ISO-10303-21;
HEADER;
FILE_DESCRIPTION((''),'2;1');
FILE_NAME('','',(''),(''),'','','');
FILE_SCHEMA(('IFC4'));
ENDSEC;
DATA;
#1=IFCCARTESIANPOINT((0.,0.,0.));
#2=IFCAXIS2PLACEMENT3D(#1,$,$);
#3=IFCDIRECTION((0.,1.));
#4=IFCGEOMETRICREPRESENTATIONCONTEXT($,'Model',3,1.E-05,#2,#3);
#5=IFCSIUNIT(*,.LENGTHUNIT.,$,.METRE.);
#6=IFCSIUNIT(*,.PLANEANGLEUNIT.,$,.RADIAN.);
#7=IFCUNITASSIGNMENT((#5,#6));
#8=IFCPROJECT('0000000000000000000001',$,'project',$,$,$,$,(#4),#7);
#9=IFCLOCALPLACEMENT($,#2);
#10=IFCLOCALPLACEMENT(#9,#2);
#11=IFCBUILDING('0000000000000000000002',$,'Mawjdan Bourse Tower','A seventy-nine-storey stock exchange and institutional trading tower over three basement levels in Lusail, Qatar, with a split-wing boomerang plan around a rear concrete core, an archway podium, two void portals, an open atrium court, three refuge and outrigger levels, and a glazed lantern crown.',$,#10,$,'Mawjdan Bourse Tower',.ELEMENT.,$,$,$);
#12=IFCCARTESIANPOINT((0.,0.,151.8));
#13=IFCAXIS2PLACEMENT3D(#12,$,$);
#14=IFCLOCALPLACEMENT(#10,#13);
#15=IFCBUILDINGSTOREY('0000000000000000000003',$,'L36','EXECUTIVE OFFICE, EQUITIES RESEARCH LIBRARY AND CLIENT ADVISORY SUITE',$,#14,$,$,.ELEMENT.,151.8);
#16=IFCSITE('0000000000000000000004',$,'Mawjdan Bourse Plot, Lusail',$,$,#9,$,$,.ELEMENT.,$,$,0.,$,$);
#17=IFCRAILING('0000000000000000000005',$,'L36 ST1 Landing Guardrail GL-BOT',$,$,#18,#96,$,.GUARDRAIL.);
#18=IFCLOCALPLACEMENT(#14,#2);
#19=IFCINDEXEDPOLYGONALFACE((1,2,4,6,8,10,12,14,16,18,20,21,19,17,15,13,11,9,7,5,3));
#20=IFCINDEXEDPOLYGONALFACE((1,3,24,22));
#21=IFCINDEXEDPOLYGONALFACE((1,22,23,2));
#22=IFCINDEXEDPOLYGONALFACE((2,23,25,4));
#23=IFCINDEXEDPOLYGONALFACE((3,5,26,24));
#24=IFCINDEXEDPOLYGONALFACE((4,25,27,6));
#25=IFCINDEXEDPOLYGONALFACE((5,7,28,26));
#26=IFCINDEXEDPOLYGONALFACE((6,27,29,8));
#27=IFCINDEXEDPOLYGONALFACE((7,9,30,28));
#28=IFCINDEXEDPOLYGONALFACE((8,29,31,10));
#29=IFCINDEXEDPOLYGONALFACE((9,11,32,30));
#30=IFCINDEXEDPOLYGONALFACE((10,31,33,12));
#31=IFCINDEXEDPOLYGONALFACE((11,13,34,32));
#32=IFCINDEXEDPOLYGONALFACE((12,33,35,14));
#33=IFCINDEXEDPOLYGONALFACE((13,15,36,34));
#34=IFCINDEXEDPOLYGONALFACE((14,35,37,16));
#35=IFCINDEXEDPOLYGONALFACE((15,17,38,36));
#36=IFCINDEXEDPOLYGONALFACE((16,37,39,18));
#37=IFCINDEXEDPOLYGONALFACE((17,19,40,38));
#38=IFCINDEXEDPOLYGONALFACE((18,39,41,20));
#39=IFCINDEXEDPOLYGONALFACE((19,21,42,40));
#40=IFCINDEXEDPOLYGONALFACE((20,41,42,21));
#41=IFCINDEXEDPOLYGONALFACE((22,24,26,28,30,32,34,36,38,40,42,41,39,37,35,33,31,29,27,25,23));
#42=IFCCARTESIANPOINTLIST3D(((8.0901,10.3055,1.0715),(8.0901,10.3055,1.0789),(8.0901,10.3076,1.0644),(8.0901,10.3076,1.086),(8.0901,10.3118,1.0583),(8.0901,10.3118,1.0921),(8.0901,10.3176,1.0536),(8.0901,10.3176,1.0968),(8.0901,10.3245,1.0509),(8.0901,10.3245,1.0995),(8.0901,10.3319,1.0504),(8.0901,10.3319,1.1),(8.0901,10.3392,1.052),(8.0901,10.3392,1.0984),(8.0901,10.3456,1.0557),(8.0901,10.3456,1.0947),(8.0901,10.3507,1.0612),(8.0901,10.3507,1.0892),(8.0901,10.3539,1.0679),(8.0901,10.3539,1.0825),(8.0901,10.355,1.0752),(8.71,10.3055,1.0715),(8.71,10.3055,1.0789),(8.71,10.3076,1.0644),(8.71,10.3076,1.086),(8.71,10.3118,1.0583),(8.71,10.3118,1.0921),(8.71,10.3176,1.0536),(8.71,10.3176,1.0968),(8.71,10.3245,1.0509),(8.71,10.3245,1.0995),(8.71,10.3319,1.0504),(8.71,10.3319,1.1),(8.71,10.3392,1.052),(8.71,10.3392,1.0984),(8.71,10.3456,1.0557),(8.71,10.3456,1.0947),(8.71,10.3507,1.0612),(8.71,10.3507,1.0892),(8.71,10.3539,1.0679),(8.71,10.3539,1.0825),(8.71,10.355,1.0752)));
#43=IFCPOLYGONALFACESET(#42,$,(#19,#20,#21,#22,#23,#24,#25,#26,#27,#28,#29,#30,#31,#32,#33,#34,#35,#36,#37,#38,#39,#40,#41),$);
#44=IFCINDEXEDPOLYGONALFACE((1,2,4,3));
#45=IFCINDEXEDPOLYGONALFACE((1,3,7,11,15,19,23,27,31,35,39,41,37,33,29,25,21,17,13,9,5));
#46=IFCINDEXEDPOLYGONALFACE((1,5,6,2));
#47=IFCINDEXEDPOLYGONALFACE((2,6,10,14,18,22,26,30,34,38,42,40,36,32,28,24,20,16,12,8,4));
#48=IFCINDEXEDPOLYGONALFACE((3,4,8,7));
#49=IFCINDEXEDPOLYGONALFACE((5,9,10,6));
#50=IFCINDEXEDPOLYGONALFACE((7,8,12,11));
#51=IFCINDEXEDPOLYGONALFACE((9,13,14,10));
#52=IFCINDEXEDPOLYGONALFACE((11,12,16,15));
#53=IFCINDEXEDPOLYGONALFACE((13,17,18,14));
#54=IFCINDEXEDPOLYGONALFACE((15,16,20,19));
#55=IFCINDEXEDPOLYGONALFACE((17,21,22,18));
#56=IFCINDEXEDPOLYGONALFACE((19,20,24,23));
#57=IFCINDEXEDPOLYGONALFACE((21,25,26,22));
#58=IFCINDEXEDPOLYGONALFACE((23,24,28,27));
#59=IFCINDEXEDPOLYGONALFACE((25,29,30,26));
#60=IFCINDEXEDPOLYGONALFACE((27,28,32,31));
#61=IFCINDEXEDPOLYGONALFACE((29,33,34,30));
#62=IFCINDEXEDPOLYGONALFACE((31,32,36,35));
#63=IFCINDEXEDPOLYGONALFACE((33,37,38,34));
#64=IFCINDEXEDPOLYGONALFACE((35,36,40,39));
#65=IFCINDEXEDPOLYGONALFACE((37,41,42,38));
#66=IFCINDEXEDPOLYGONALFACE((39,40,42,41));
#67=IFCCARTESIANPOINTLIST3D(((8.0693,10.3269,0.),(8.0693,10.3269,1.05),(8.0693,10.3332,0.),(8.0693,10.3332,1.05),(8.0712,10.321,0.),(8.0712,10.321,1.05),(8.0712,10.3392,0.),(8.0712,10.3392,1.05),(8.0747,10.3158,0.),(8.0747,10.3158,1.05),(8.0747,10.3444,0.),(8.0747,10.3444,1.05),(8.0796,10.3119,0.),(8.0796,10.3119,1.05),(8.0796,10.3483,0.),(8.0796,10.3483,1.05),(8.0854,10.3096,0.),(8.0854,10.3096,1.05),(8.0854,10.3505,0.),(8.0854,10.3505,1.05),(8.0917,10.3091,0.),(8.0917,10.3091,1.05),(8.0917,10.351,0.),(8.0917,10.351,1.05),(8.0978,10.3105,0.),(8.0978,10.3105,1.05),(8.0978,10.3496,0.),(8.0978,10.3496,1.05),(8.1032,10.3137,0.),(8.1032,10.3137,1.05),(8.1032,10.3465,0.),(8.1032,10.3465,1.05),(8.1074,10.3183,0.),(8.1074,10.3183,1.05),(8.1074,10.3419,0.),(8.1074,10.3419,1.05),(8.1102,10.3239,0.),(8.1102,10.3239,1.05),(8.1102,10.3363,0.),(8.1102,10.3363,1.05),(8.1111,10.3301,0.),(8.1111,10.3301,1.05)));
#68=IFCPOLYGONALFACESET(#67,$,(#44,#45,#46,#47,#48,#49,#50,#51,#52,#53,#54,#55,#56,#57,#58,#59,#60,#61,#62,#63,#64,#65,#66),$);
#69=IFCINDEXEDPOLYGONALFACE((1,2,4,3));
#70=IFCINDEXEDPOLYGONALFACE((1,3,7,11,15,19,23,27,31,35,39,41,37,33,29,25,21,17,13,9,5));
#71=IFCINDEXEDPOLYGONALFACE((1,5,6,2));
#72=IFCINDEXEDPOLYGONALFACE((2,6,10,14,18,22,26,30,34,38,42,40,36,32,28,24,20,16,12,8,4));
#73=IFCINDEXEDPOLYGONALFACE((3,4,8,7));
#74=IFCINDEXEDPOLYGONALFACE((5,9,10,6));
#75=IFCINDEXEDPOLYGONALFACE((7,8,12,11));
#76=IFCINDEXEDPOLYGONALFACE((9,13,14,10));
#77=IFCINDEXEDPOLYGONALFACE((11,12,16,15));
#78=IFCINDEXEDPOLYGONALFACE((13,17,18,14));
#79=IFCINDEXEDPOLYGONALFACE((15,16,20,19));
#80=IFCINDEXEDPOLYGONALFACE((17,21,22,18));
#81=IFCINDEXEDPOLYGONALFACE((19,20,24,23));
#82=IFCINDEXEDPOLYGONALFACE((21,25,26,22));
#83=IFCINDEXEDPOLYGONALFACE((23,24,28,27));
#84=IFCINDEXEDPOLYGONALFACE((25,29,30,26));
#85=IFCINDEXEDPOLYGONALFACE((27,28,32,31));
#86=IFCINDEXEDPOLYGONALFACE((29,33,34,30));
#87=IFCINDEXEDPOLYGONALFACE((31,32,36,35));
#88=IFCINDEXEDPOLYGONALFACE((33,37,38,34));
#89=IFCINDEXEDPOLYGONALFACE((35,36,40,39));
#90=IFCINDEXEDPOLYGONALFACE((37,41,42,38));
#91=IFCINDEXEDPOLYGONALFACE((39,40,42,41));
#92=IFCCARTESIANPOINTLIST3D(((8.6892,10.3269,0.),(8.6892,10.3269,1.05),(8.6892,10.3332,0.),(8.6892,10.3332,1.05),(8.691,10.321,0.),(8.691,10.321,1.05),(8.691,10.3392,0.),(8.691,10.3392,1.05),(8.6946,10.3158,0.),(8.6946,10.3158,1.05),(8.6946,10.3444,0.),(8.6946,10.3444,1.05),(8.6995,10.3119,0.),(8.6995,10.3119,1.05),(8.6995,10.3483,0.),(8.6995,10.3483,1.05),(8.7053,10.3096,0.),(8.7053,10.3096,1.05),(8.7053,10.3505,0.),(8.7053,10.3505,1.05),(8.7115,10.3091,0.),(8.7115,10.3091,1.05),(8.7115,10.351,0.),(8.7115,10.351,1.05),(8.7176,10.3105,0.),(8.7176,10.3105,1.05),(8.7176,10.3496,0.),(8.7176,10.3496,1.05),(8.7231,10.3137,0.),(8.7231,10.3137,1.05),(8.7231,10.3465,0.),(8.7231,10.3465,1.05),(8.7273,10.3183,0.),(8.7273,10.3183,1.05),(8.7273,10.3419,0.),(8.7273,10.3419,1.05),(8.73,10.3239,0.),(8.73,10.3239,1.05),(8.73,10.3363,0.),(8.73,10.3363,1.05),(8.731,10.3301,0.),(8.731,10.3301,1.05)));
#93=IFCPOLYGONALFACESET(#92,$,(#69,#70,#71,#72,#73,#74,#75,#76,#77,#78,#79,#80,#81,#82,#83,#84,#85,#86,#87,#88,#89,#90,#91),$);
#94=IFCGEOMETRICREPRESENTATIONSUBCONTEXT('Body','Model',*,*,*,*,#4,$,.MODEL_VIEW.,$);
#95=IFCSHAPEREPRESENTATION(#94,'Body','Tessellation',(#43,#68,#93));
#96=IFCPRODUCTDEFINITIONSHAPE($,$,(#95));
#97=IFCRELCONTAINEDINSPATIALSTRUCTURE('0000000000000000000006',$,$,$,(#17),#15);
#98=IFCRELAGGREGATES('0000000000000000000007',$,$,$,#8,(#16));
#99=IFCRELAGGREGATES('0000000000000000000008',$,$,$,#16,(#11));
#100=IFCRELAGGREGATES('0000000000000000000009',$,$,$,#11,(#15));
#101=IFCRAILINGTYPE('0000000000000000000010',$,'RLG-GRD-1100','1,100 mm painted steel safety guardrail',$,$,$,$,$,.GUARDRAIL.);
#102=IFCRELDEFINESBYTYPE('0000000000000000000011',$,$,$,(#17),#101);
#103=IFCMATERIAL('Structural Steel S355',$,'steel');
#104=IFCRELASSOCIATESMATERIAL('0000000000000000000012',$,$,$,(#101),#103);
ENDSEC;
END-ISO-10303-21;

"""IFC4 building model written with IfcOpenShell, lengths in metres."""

from ifc_helpers import new_model, si_unit, direction, frame, origin, origin_2d, place, context, subcontext, project, spatial, circle, extrude, material, type_object, element, save


model = new_model("IFC4")

# Units and contexts
model_context = context("Model", 3, precision=1e-05, world=origin(), true_north=direction((0.0, 1.0)))
body_context = subcontext(model_context, "Body", "Model", "MODEL_VIEW")
ifc_project = project(units=[si_unit("LENGTHUNIT", "METRE"), si_unit("PLANEANGLEUNIT", "RADIAN")], contexts=[model_context])

# Site, building, storey
site_placement = place(None, origin())
site = spatial("IfcSite", under=ifc_project, at=site_placement, Name="Mawjdan Bourse Plot, Lusail", CompositionType="ELEMENT", RefElevation=0.0)
building_placement = place(site_placement, origin())
building = spatial("IfcBuilding", under=site, at=building_placement, Name="Mawjdan Bourse Tower", Description="A seventy-nine-storey stock exchange and institutional trading tower over three basement levels in Lusail, Qatar, with a split-wing boomerang plan around a rear concrete core, an archway podium, two void portals, an open atrium court, three refuge and outrigger levels, and a glazed lantern crown.", LongName="Mawjdan Bourse Tower", CompositionType="ELEMENT")
storey_placement = place(building_placement, frame((0.0, 0.0, 151.8)))
storey = spatial("IfcBuildingStorey", under=building, at=storey_placement, Name="L36", Description="EXECUTIVE OFFICE, EQUITIES RESEARCH LIBRARY AND CLIENT ADVISORY SUITE", CompositionType="ELEMENT", Elevation=151.8)

# Shared definitions
ifc_material_1 = material(Name="Structural Steel S355", Category="steel")

# Railing
railing_type_1 = type_object("IfcRailingType", Name="RLG-GRD-1100", Description="1,100 mm painted steel safety guardrail", PredefinedType="GUARDRAIL", material=ifc_material_1)
for number, where, name in (
    (1, (8.0901, 10.3301, 0.0), "L36 ST1 Landing Guardrail GL-BOT"),
):
    element("IfcRailing", number, at=place(storey_placement, frame(where)), inside=storey, type_object=railing_type_1, Name=name, PredefinedType="GUARDRAIL", context=body_context, shape_type="SweptSolid", body=[
        extrude(circle(Radius=0.0249, at=origin_2d()), frame((0.0, 0.0, 1.0752), z_axis=(1.0, 0.0, 0.0), x_axis=(0.0, 1.0, 0.0)), (0.0, 0.0, 1.0), 0.6199),
        extrude(circle(Radius=0.021, at=origin_2d()), origin(), (0.0, 0.0, 1.0), 1.05),
        extrude(circle(Radius=0.021, at=origin_2d()), frame((0.6199, 0.0, 0.0)), (0.0, 0.0, 1.0), 1.05),
    ])

save(model, "model.ifc")
